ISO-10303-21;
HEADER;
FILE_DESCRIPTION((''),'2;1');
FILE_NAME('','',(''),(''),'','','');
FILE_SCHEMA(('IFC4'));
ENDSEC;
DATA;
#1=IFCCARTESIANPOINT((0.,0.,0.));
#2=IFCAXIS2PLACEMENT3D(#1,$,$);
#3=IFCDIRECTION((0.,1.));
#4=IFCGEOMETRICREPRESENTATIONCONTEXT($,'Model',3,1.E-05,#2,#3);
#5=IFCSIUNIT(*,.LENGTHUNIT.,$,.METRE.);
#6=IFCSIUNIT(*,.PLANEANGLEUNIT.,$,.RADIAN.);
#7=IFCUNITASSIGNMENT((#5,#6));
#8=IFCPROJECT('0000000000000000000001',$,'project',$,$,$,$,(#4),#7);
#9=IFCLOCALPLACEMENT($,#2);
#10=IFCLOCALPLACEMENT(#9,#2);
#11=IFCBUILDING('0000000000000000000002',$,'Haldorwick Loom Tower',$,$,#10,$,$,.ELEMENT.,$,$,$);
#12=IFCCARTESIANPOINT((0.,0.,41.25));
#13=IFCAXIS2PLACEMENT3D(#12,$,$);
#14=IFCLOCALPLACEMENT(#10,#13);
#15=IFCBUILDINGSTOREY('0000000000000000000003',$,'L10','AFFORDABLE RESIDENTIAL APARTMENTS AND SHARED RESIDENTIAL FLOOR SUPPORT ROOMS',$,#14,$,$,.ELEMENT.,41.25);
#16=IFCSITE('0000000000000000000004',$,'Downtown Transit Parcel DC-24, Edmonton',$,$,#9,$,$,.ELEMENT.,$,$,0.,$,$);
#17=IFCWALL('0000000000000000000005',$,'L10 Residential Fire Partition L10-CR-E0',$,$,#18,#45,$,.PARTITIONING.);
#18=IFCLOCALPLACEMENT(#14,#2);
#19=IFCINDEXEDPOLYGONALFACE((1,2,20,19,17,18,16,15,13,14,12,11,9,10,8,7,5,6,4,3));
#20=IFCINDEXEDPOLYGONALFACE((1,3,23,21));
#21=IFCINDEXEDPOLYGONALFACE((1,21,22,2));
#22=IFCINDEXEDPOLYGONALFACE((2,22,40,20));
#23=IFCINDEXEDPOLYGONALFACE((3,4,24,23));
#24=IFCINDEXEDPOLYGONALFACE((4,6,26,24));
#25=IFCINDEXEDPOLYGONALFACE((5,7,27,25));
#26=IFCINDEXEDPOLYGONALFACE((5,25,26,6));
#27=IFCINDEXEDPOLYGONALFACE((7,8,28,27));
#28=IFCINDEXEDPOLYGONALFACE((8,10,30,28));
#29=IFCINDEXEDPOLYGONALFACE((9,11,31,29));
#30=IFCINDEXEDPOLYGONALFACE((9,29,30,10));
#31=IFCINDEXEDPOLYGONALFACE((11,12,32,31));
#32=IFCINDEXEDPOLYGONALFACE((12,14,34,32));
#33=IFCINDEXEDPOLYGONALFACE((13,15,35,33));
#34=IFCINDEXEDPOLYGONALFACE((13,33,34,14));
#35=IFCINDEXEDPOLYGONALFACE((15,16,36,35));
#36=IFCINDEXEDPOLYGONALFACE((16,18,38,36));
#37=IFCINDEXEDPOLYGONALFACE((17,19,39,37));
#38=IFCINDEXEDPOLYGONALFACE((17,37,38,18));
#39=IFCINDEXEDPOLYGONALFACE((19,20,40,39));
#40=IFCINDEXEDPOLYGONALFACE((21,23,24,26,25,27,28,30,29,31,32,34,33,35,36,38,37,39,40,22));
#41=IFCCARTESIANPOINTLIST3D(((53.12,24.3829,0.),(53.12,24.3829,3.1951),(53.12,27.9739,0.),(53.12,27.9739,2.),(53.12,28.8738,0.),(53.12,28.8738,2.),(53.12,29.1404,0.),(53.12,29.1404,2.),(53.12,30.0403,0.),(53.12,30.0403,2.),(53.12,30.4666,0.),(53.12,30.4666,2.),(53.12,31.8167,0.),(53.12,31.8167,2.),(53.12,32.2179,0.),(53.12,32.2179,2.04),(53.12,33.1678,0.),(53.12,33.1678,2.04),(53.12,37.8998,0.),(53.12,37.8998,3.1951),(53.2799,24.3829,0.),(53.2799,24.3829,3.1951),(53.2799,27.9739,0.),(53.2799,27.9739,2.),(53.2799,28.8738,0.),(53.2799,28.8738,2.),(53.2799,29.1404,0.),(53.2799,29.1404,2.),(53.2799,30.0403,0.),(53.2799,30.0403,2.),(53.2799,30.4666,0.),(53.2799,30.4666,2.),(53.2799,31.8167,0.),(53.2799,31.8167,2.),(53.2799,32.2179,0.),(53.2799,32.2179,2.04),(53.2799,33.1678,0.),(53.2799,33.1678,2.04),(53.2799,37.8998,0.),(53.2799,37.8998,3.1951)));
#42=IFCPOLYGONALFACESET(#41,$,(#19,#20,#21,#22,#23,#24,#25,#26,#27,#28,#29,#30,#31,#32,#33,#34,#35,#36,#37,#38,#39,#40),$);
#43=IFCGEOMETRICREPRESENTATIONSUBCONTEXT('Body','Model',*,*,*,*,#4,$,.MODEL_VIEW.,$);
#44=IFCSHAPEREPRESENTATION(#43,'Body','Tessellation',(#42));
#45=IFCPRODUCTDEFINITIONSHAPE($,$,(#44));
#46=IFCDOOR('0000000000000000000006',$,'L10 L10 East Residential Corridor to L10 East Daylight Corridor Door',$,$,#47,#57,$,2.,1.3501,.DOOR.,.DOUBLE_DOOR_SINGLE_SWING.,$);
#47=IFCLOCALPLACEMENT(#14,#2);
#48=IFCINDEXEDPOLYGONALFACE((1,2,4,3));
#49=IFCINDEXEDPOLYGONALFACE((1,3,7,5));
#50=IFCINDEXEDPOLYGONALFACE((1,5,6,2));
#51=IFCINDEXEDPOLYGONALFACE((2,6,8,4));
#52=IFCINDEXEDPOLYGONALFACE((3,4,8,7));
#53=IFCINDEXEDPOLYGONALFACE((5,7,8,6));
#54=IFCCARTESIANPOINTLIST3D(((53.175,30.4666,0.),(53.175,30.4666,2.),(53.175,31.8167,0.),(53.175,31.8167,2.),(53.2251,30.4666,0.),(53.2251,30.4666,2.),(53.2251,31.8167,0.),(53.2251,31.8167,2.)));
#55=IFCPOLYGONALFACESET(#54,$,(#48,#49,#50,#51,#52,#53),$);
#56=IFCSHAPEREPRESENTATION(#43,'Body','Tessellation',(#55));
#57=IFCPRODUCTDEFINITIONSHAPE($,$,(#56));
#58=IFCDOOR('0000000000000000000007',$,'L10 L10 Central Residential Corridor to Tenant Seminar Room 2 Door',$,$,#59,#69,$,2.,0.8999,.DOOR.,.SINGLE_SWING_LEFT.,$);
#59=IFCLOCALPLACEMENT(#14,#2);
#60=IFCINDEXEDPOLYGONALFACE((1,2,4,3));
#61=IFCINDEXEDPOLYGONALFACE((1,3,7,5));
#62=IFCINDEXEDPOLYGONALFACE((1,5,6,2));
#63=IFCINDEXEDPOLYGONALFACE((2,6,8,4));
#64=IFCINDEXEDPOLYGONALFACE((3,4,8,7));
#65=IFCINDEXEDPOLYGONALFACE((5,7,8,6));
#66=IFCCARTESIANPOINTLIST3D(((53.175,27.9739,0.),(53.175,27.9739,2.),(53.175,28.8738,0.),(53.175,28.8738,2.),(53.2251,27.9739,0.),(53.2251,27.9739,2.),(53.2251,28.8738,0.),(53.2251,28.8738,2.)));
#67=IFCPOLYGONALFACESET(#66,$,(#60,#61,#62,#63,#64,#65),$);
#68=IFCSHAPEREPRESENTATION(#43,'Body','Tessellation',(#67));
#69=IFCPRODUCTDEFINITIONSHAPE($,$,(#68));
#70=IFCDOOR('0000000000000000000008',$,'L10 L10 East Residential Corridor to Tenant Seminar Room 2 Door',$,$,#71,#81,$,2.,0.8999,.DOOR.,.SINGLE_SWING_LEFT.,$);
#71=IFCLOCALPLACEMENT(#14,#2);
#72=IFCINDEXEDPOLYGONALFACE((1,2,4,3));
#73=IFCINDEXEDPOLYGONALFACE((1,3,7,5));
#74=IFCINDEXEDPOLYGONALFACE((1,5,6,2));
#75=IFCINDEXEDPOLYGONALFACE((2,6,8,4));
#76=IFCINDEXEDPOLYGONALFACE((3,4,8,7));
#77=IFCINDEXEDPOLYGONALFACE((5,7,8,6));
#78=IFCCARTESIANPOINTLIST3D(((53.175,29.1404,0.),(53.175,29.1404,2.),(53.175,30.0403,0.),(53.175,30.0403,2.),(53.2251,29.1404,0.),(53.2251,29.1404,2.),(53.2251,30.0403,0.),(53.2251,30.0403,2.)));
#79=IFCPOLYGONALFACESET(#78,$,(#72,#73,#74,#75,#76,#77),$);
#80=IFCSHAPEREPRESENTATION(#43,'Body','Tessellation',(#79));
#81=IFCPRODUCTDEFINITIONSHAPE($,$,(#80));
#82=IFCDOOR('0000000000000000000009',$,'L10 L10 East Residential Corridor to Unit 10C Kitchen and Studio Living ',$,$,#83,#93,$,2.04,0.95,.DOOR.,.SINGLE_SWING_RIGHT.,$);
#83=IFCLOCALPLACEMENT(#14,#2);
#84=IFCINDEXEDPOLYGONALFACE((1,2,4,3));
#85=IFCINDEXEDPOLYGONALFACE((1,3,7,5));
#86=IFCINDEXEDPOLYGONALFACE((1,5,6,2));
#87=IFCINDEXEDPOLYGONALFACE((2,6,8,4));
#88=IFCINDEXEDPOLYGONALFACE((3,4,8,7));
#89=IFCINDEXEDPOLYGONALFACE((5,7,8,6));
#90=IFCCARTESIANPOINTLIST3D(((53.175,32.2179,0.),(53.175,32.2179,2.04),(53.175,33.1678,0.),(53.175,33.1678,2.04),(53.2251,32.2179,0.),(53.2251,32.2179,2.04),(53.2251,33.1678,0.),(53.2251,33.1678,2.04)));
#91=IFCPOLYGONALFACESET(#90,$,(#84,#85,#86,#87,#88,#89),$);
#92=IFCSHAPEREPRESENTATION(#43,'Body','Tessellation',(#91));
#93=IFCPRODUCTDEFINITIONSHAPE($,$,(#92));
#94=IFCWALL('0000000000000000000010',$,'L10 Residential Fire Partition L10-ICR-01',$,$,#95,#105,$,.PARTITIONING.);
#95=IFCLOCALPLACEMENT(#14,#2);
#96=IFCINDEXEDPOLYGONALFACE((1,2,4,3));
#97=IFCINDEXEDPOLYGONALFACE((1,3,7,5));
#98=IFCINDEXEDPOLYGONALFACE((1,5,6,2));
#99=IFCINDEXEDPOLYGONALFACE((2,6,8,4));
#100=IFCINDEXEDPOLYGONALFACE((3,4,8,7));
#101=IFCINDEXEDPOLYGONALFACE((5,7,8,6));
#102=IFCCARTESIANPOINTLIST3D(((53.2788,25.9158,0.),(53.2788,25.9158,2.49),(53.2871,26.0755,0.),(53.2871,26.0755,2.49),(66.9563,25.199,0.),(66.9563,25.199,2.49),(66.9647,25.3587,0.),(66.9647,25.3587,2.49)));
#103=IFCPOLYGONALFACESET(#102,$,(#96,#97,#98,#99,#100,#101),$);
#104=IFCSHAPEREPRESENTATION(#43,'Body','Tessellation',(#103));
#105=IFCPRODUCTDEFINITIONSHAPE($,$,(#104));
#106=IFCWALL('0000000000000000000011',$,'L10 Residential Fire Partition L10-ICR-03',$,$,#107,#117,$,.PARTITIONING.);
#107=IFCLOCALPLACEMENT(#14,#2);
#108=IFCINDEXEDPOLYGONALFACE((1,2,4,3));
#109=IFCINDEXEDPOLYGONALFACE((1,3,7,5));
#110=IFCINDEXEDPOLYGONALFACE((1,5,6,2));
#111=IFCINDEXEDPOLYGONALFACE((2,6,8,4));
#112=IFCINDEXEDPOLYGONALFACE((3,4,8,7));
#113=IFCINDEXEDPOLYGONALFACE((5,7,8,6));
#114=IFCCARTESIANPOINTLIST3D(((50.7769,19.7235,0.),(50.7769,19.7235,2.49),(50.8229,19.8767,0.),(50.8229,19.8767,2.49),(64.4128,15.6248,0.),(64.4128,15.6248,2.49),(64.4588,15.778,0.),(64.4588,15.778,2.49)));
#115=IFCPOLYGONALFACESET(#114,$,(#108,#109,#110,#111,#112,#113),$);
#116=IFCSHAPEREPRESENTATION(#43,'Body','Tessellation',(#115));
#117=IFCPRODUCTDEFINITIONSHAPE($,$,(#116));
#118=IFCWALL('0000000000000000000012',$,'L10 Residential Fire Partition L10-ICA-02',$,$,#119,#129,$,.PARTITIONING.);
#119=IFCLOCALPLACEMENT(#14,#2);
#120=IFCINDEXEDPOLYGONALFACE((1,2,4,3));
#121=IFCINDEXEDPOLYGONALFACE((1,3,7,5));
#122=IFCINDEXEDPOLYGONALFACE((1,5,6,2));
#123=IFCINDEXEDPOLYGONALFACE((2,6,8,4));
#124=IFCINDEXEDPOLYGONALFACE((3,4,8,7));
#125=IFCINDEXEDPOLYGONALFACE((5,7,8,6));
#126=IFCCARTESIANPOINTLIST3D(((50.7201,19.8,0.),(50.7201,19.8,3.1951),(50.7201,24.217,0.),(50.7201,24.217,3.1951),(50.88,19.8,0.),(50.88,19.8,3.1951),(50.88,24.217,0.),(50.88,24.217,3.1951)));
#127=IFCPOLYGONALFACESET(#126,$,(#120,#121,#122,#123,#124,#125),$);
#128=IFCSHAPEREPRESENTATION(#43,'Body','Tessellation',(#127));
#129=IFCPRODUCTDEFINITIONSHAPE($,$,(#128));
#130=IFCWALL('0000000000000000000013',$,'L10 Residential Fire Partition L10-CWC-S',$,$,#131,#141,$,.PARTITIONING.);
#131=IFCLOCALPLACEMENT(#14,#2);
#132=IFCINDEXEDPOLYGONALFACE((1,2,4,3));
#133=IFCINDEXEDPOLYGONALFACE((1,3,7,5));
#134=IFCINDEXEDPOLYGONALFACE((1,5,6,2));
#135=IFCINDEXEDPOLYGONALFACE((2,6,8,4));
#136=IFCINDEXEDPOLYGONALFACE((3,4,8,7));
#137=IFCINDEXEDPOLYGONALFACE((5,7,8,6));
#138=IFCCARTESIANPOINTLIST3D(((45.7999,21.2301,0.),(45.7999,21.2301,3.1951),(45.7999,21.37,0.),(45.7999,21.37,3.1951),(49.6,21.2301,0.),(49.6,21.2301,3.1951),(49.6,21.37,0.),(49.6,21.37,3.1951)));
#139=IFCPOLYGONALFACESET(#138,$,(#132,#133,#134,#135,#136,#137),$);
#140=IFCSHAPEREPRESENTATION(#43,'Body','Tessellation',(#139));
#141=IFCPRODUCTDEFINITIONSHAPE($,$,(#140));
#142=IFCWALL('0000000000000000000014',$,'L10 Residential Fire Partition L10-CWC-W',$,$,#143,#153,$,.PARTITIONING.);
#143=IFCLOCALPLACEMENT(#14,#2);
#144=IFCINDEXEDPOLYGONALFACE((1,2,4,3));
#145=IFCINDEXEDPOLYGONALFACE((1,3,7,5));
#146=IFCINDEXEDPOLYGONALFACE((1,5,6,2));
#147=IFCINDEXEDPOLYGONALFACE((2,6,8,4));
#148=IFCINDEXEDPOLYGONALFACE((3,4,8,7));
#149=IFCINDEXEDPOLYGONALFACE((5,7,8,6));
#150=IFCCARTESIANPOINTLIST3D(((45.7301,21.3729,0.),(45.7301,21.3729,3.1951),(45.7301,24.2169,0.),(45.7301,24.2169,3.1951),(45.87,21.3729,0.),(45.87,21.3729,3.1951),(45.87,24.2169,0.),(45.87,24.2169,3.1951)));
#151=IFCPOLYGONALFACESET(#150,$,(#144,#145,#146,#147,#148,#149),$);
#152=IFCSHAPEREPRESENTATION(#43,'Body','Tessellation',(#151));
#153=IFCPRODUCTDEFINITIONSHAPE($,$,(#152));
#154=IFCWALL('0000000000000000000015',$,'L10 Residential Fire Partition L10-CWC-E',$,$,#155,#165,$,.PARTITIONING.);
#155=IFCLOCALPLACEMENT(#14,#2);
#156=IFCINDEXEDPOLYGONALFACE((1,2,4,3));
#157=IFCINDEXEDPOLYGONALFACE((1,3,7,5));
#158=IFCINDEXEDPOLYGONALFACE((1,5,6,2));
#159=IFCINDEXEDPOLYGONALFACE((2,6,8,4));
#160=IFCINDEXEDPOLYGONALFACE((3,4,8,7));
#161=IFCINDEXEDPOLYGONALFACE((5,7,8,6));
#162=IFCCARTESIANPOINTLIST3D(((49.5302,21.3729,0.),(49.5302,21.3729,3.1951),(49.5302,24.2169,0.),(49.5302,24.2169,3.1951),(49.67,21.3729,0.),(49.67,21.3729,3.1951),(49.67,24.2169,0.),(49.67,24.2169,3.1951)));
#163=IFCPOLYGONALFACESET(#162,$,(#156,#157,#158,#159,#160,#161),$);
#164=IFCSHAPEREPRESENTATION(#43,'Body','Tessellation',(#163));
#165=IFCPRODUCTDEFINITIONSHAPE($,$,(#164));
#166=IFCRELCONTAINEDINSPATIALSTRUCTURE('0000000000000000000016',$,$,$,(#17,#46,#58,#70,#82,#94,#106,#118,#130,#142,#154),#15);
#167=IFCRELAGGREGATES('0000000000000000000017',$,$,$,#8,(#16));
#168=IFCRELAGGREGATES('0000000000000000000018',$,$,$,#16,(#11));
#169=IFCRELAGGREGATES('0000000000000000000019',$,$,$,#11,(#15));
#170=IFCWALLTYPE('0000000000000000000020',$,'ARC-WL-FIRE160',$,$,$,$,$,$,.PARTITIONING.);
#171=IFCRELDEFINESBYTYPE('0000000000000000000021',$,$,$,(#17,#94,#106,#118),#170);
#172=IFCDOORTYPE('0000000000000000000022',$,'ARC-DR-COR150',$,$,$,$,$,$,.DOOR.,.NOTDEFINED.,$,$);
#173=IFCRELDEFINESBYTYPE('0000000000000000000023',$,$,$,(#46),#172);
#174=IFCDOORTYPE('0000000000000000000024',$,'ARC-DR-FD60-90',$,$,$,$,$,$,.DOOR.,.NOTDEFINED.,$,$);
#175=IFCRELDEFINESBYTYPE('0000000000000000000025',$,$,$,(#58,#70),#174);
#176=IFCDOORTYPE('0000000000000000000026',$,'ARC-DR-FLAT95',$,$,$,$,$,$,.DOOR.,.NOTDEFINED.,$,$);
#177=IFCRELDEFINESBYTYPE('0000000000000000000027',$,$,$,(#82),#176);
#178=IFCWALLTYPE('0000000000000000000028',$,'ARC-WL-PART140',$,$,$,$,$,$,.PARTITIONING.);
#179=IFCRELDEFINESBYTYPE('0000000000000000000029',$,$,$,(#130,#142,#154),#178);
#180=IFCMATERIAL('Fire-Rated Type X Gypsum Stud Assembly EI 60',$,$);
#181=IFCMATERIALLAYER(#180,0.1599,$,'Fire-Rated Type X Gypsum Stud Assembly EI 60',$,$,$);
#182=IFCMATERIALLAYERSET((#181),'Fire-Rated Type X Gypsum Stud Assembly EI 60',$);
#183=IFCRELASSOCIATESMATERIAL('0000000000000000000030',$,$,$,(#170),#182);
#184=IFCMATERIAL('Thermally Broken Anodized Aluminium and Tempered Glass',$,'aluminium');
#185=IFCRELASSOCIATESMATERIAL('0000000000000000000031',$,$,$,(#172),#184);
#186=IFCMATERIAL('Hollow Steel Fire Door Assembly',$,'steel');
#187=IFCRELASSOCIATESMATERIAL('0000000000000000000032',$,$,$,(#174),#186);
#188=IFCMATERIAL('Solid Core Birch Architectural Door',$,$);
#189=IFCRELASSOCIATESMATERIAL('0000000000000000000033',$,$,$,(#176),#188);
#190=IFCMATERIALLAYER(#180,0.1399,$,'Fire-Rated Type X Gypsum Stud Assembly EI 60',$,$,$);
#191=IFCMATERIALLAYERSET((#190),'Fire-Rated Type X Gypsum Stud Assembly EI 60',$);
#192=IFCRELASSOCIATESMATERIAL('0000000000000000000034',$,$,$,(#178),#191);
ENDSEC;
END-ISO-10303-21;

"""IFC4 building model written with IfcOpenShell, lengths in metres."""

from ifc_helpers import new_model, si_unit, direction, frame, frame_2d, origin, place, context, subcontext, project, spatial, rectangle, extrude, material, layer, layer_set, type_object, element, fill, save


model = new_model("IFC4")

# Units and contexts
model_context = context("Model", 3, precision=1e-05, world=origin(), true_north=direction((0.0, 1.0)))
body_context = subcontext(model_context, "Body", "Model", "MODEL_VIEW")
ifc_project = project(units=[si_unit("LENGTHUNIT", "METRE"), si_unit("PLANEANGLEUNIT", "RADIAN")], contexts=[model_context])

# Site, building, storey
site_placement = place(None, origin())
site = spatial("IfcSite", under=ifc_project, at=site_placement, Name="Downtown Transit Parcel DC-24, Edmonton", CompositionType="ELEMENT", RefElevation=0.0)
building_placement = place(site_placement, origin())
building = spatial("IfcBuilding", under=site, at=building_placement, Name="Haldorwick Loom Tower", CompositionType="ELEMENT")
storey_placement = place(building_placement, frame((0.0, 0.0, 41.25)))
storey = spatial("IfcBuildingStorey", under=building, at=storey_placement, Name="L10", Description="AFFORDABLE RESIDENTIAL APARTMENTS AND SHARED RESIDENTIAL FLOOR SUPPORT ROOMS", CompositionType="ELEMENT", Elevation=41.25)

# Wall, openings, doors
ifc_material_1 = material(Name="Fire-Rated Type X Gypsum Stud Assembly EI 60")
ifc_layer_1 = layer(ifc_material_1, 0.1599, Name="Fire-Rated Type X Gypsum Stud Assembly EI 60")
ifc_layer_set_1 = layer_set([ifc_layer_1], Name="Fire-Rated Type X Gypsum Stud Assembly EI 60")
wall_type_1 = type_object("IfcWallType", Name="ARC-WL-FIRE160", PredefinedType="PARTITIONING", material=ifc_layer_set_1)
wall_1_placement = place(storey_placement, frame((53.2, 24.3831, 0.0), z_axis=(0.0, 0.0, 1.0), x_axis=(0.0, 1.0, 0.0)))
wall_1 = element("IfcWall", 1, at=wall_1_placement, inside=storey, type_object=wall_type_1, Name="L10 Residential Fire Partition L10-CR-E0", PredefinedType="PARTITIONING", context=body_context, shape_type="SweptSolid", body=[
    extrude(rectangle(XDim=13.5168, YDim=0.1599, at=frame_2d((6.7583, 0.0))), origin(), (0.0, 0.0, 1.0), 3.1951),
])
opening_1_placement = place(wall_1_placement, frame((6.0835, 0.0, 0.0)))
opening_1 = element("IfcOpeningElement", 2, at=opening_1_placement, cuts=wall_1, PredefinedType="OPENING", context=body_context, shape_type="SweptSolid", body=[
    extrude(rectangle(XDim=1.3501, YDim=2.0, at=frame_2d((0.675, 1.0))), frame((0.0, 0.0898, 0.0), z_axis=(0.0, -1.0, 0.0), x_axis=(1.0, 0.0, 0.0)), (0.0, 0.0, 1.0), 0.1799),
])
opening_2_placement = place(wall_1_placement, frame((3.5908, 0.0, 0.0)))
opening_2 = element("IfcOpeningElement", 3, at=opening_2_placement, cuts=wall_1, PredefinedType="OPENING", context=body_context, shape_type="SweptSolid", body=[
    extrude(rectangle(XDim=0.8999, YDim=2.0, at=frame_2d((0.45, 1.0))), frame((0.0, 0.0898, 0.0), z_axis=(0.0, -1.0, 0.0), x_axis=(1.0, 0.0, 0.0)), (0.0, 0.0, 1.0), 0.1799),
])
opening_3_placement = place(wall_1_placement, frame((4.7573, 0.0, 0.0)))
opening_3 = element("IfcOpeningElement", 4, at=opening_3_placement, cuts=wall_1, PredefinedType="OPENING", context=body_context, shape_type="SweptSolid", body=[
    extrude(rectangle(XDim=0.8999, YDim=2.0, at=frame_2d((0.45, 1.0))), frame((0.0, 0.0898, 0.0), z_axis=(0.0, -1.0, 0.0), x_axis=(1.0, 0.0, 0.0)), (0.0, 0.0, 1.0), 0.1799),
])
opening_4_placement = place(wall_1_placement, frame((7.8347, 0.0, 0.0)))
opening_4 = element("IfcOpeningElement", 5, at=opening_4_placement, cuts=wall_1, PredefinedType="OPENING", context=body_context, shape_type="SweptSolid", body=[
    extrude(rectangle(XDim=0.95, YDim=2.04, at=frame_2d((0.4751, 1.02))), frame((0.0, 0.0898, 0.0), z_axis=(0.0, -1.0, 0.0), x_axis=(1.0, 0.0, 0.0)), (0.0, 0.0, 1.0), 0.1799),
])
ifc_material_2 = material(Name="Thermally Broken Anodized Aluminium and Tempered Glass", Category="aluminium")
door_type_1 = type_object("IfcDoorType", Name="ARC-DR-COR150", OperationType="NOTDEFINED", PredefinedType="DOOR", material=ifc_material_2)
door_1_placement = place(opening_1_placement, origin())
door_1 = element("IfcDoor", 6, at=door_1_placement, inside=storey, type_object=door_type_1, Name="L10 L10 East Residential Corridor to L10 East Daylight Corridor Door", OperationType="DOUBLE_DOOR_SINGLE_SWING", OverallHeight=2.0, OverallWidth=1.3501, PredefinedType="DOOR", context=body_context, shape_type="SweptSolid", body=[
    extrude(rectangle(XDim=1.3501, YDim=2.0, at=frame_2d((0.675, 1.0))), frame((0.0, 0.0249, 0.0), z_axis=(0.0, -1.0, 0.0), x_axis=(1.0, 0.0, 0.0)), (0.0, 0.0, 1.0), 0.05),
])
fill(opening_1, door_1)
ifc_material_3 = material(Name="Hollow Steel Fire Door Assembly", Category="steel")
door_type_2 = type_object("IfcDoorType", Name="ARC-DR-FD60-90", OperationType="NOTDEFINED", PredefinedType="DOOR", material=ifc_material_3)
door_2_placement = place(opening_2_placement, origin())
door_2 = element("IfcDoor", 7, at=door_2_placement, inside=storey, type_object=door_type_2, Name="L10 L10 Central Residential Corridor to Tenant Seminar Room 2 Door", OperationType="SINGLE_SWING_LEFT", OverallHeight=2.0, OverallWidth=0.8999, PredefinedType="DOOR", context=body_context, shape_type="SweptSolid", body=[
    extrude(rectangle(XDim=0.8999, YDim=2.0, at=frame_2d((0.45, 1.0))), frame((0.0, 0.0249, 0.0), z_axis=(0.0, -1.0, 0.0), x_axis=(1.0, 0.0, 0.0)), (0.0, 0.0, 1.0), 0.05),
])
fill(opening_2, door_2)
door_3_placement = place(opening_3_placement, origin())
door_3 = element("IfcDoor", 8, at=door_3_placement, inside=storey, type_object=door_type_2, Name="L10 L10 East Residential Corridor to Tenant Seminar Room 2 Door", OperationType="SINGLE_SWING_LEFT", OverallHeight=2.0, OverallWidth=0.8999, PredefinedType="DOOR", context=body_context, shape_type="SweptSolid", body=[
    extrude(rectangle(XDim=0.8999, YDim=2.0, at=frame_2d((0.45, 1.0))), frame((0.0, 0.0249, 0.0), z_axis=(0.0, -1.0, 0.0), x_axis=(1.0, 0.0, 0.0)), (0.0, 0.0, 1.0), 0.05),
])
fill(opening_3, door_3)
ifc_material_4 = material(Name="Solid Core Birch Architectural Door")
door_type_3 = type_object("IfcDoorType", Name="ARC-DR-FLAT95", OperationType="NOTDEFINED", PredefinedType="DOOR", material=ifc_material_4)
door_4_placement = place(opening_4_placement, origin())
door_4 = element("IfcDoor", 9, at=door_4_placement, inside=storey, type_object=door_type_3, Name="L10 L10 East Residential Corridor to Unit 10C Kitchen and Studio Living ", OperationType="SINGLE_SWING_RIGHT", OverallHeight=2.04, OverallWidth=0.95, PredefinedType="DOOR", context=body_context, shape_type="SweptSolid", body=[
    extrude(rectangle(XDim=0.95, YDim=2.04, at=frame_2d((0.4751, 1.02))), frame((0.0, 0.0249, 0.0), z_axis=(0.0, -1.0, 0.0), x_axis=(1.0, 0.0, 0.0)), (0.0, 0.0, 1.0), 0.05),
])
fill(opening_4, door_4)

# Walls
wall_2_placement = place(storey_placement, frame((53.283, 25.9956, 0.0), z_axis=(0.0, 0.0, 1.0), x_axis=(0.99863, -0.052335, 0.0)))
element("IfcWall", 10, at=wall_2_placement, inside=storey, type_object=wall_type_1, Name="L10 Residential Fire Partition L10-ICR-01", PredefinedType="PARTITIONING", context=body_context, shape_type="SweptSolid", body=[
    extrude(rectangle(XDim=13.6963, YDim=0.1599, at=frame_2d((6.8481, 0.0))), origin(), (0.0, 0.0, 1.0), 2.49),
])
wall_3_placement = place(storey_placement, frame((50.8, 19.8, 0.0), z_axis=(0.0, 0.0, 1.0), x_axis=(0.957673, -0.287858, 0.0)))
element("IfcWall", 11, at=wall_3_placement, inside=storey, type_object=wall_type_1, Name="L10 Residential Fire Partition L10-ICR-03", PredefinedType="PARTITIONING", context=body_context, shape_type="SweptSolid", body=[
    extrude(rectangle(XDim=14.2385, YDim=0.1599, at=frame_2d((7.1191, 0.0))), origin(), (0.0, 0.0, 1.0), 2.49),
])
wall_4_placement = place(storey_placement, frame((50.8, 24.217, 0.0), z_axis=(0.0, 0.0, 1.0), x_axis=(0.0, -1.0, 0.0)))
element("IfcWall", 12, at=wall_4_placement, inside=storey, type_object=wall_type_1, Name="L10 Residential Fire Partition L10-ICA-02", PredefinedType="PARTITIONING", context=body_context, shape_type="SweptSolid", body=[
    extrude(rectangle(XDim=4.417, YDim=0.1599, at=frame_2d((2.2085, 0.0))), origin(), (0.0, 0.0, 1.0), 3.1951),
])
ifc_layer_2 = layer(ifc_material_1, 0.1399, Name="Fire-Rated Type X Gypsum Stud Assembly EI 60")
ifc_layer_set_2 = layer_set([ifc_layer_2], Name="Fire-Rated Type X Gypsum Stud Assembly EI 60")
wall_type_2 = type_object("IfcWallType", Name="ARC-WL-PART140", PredefinedType="PARTITIONING", material=ifc_layer_set_2)
wall_5_placement = place(storey_placement, frame((45.8, 21.3, 0.0), z_axis=(0.0, 0.0, 1.0), x_axis=(1.0, 0.0, 0.0)))
element("IfcWall", 13, at=wall_5_placement, inside=storey, type_object=wall_type_2, Name="L10 Residential Fire Partition L10-CWC-S", PredefinedType="PARTITIONING", context=body_context, shape_type="SweptSolid", body=[
    extrude(rectangle(XDim=3.8, YDim=0.1399, at=frame_2d((1.8999, 0.0))), origin(), (0.0, 0.0, 1.0), 3.1951),
])
for number, where, z_axis, x_axis, name in (
    (14, (45.8, 21.373, 0.0), (0.0, 0.0, 1.0), (0.0, 1.0, 0.0), "L10 Residential Fire Partition L10-CWC-W"),
    (15, (49.6001, 21.373, 0.0), (0.0, 0.0, 1.0), (0.0, 1.0, 0.0), "L10 Residential Fire Partition L10-CWC-E"),
):
    element("IfcWall", number, at=place(storey_placement, frame(where, z_axis=z_axis, x_axis=x_axis)), inside=storey, type_object=wall_type_2, Name=name, PredefinedType="PARTITIONING", context=body_context, shape_type="SweptSolid", body=[
        extrude(rectangle(XDim=2.844, YDim=0.1399, at=frame_2d((1.4219, 0.0))), origin(), (0.0, 0.0, 1.0), 3.1951),
    ])

save(model, "model.ifc")
